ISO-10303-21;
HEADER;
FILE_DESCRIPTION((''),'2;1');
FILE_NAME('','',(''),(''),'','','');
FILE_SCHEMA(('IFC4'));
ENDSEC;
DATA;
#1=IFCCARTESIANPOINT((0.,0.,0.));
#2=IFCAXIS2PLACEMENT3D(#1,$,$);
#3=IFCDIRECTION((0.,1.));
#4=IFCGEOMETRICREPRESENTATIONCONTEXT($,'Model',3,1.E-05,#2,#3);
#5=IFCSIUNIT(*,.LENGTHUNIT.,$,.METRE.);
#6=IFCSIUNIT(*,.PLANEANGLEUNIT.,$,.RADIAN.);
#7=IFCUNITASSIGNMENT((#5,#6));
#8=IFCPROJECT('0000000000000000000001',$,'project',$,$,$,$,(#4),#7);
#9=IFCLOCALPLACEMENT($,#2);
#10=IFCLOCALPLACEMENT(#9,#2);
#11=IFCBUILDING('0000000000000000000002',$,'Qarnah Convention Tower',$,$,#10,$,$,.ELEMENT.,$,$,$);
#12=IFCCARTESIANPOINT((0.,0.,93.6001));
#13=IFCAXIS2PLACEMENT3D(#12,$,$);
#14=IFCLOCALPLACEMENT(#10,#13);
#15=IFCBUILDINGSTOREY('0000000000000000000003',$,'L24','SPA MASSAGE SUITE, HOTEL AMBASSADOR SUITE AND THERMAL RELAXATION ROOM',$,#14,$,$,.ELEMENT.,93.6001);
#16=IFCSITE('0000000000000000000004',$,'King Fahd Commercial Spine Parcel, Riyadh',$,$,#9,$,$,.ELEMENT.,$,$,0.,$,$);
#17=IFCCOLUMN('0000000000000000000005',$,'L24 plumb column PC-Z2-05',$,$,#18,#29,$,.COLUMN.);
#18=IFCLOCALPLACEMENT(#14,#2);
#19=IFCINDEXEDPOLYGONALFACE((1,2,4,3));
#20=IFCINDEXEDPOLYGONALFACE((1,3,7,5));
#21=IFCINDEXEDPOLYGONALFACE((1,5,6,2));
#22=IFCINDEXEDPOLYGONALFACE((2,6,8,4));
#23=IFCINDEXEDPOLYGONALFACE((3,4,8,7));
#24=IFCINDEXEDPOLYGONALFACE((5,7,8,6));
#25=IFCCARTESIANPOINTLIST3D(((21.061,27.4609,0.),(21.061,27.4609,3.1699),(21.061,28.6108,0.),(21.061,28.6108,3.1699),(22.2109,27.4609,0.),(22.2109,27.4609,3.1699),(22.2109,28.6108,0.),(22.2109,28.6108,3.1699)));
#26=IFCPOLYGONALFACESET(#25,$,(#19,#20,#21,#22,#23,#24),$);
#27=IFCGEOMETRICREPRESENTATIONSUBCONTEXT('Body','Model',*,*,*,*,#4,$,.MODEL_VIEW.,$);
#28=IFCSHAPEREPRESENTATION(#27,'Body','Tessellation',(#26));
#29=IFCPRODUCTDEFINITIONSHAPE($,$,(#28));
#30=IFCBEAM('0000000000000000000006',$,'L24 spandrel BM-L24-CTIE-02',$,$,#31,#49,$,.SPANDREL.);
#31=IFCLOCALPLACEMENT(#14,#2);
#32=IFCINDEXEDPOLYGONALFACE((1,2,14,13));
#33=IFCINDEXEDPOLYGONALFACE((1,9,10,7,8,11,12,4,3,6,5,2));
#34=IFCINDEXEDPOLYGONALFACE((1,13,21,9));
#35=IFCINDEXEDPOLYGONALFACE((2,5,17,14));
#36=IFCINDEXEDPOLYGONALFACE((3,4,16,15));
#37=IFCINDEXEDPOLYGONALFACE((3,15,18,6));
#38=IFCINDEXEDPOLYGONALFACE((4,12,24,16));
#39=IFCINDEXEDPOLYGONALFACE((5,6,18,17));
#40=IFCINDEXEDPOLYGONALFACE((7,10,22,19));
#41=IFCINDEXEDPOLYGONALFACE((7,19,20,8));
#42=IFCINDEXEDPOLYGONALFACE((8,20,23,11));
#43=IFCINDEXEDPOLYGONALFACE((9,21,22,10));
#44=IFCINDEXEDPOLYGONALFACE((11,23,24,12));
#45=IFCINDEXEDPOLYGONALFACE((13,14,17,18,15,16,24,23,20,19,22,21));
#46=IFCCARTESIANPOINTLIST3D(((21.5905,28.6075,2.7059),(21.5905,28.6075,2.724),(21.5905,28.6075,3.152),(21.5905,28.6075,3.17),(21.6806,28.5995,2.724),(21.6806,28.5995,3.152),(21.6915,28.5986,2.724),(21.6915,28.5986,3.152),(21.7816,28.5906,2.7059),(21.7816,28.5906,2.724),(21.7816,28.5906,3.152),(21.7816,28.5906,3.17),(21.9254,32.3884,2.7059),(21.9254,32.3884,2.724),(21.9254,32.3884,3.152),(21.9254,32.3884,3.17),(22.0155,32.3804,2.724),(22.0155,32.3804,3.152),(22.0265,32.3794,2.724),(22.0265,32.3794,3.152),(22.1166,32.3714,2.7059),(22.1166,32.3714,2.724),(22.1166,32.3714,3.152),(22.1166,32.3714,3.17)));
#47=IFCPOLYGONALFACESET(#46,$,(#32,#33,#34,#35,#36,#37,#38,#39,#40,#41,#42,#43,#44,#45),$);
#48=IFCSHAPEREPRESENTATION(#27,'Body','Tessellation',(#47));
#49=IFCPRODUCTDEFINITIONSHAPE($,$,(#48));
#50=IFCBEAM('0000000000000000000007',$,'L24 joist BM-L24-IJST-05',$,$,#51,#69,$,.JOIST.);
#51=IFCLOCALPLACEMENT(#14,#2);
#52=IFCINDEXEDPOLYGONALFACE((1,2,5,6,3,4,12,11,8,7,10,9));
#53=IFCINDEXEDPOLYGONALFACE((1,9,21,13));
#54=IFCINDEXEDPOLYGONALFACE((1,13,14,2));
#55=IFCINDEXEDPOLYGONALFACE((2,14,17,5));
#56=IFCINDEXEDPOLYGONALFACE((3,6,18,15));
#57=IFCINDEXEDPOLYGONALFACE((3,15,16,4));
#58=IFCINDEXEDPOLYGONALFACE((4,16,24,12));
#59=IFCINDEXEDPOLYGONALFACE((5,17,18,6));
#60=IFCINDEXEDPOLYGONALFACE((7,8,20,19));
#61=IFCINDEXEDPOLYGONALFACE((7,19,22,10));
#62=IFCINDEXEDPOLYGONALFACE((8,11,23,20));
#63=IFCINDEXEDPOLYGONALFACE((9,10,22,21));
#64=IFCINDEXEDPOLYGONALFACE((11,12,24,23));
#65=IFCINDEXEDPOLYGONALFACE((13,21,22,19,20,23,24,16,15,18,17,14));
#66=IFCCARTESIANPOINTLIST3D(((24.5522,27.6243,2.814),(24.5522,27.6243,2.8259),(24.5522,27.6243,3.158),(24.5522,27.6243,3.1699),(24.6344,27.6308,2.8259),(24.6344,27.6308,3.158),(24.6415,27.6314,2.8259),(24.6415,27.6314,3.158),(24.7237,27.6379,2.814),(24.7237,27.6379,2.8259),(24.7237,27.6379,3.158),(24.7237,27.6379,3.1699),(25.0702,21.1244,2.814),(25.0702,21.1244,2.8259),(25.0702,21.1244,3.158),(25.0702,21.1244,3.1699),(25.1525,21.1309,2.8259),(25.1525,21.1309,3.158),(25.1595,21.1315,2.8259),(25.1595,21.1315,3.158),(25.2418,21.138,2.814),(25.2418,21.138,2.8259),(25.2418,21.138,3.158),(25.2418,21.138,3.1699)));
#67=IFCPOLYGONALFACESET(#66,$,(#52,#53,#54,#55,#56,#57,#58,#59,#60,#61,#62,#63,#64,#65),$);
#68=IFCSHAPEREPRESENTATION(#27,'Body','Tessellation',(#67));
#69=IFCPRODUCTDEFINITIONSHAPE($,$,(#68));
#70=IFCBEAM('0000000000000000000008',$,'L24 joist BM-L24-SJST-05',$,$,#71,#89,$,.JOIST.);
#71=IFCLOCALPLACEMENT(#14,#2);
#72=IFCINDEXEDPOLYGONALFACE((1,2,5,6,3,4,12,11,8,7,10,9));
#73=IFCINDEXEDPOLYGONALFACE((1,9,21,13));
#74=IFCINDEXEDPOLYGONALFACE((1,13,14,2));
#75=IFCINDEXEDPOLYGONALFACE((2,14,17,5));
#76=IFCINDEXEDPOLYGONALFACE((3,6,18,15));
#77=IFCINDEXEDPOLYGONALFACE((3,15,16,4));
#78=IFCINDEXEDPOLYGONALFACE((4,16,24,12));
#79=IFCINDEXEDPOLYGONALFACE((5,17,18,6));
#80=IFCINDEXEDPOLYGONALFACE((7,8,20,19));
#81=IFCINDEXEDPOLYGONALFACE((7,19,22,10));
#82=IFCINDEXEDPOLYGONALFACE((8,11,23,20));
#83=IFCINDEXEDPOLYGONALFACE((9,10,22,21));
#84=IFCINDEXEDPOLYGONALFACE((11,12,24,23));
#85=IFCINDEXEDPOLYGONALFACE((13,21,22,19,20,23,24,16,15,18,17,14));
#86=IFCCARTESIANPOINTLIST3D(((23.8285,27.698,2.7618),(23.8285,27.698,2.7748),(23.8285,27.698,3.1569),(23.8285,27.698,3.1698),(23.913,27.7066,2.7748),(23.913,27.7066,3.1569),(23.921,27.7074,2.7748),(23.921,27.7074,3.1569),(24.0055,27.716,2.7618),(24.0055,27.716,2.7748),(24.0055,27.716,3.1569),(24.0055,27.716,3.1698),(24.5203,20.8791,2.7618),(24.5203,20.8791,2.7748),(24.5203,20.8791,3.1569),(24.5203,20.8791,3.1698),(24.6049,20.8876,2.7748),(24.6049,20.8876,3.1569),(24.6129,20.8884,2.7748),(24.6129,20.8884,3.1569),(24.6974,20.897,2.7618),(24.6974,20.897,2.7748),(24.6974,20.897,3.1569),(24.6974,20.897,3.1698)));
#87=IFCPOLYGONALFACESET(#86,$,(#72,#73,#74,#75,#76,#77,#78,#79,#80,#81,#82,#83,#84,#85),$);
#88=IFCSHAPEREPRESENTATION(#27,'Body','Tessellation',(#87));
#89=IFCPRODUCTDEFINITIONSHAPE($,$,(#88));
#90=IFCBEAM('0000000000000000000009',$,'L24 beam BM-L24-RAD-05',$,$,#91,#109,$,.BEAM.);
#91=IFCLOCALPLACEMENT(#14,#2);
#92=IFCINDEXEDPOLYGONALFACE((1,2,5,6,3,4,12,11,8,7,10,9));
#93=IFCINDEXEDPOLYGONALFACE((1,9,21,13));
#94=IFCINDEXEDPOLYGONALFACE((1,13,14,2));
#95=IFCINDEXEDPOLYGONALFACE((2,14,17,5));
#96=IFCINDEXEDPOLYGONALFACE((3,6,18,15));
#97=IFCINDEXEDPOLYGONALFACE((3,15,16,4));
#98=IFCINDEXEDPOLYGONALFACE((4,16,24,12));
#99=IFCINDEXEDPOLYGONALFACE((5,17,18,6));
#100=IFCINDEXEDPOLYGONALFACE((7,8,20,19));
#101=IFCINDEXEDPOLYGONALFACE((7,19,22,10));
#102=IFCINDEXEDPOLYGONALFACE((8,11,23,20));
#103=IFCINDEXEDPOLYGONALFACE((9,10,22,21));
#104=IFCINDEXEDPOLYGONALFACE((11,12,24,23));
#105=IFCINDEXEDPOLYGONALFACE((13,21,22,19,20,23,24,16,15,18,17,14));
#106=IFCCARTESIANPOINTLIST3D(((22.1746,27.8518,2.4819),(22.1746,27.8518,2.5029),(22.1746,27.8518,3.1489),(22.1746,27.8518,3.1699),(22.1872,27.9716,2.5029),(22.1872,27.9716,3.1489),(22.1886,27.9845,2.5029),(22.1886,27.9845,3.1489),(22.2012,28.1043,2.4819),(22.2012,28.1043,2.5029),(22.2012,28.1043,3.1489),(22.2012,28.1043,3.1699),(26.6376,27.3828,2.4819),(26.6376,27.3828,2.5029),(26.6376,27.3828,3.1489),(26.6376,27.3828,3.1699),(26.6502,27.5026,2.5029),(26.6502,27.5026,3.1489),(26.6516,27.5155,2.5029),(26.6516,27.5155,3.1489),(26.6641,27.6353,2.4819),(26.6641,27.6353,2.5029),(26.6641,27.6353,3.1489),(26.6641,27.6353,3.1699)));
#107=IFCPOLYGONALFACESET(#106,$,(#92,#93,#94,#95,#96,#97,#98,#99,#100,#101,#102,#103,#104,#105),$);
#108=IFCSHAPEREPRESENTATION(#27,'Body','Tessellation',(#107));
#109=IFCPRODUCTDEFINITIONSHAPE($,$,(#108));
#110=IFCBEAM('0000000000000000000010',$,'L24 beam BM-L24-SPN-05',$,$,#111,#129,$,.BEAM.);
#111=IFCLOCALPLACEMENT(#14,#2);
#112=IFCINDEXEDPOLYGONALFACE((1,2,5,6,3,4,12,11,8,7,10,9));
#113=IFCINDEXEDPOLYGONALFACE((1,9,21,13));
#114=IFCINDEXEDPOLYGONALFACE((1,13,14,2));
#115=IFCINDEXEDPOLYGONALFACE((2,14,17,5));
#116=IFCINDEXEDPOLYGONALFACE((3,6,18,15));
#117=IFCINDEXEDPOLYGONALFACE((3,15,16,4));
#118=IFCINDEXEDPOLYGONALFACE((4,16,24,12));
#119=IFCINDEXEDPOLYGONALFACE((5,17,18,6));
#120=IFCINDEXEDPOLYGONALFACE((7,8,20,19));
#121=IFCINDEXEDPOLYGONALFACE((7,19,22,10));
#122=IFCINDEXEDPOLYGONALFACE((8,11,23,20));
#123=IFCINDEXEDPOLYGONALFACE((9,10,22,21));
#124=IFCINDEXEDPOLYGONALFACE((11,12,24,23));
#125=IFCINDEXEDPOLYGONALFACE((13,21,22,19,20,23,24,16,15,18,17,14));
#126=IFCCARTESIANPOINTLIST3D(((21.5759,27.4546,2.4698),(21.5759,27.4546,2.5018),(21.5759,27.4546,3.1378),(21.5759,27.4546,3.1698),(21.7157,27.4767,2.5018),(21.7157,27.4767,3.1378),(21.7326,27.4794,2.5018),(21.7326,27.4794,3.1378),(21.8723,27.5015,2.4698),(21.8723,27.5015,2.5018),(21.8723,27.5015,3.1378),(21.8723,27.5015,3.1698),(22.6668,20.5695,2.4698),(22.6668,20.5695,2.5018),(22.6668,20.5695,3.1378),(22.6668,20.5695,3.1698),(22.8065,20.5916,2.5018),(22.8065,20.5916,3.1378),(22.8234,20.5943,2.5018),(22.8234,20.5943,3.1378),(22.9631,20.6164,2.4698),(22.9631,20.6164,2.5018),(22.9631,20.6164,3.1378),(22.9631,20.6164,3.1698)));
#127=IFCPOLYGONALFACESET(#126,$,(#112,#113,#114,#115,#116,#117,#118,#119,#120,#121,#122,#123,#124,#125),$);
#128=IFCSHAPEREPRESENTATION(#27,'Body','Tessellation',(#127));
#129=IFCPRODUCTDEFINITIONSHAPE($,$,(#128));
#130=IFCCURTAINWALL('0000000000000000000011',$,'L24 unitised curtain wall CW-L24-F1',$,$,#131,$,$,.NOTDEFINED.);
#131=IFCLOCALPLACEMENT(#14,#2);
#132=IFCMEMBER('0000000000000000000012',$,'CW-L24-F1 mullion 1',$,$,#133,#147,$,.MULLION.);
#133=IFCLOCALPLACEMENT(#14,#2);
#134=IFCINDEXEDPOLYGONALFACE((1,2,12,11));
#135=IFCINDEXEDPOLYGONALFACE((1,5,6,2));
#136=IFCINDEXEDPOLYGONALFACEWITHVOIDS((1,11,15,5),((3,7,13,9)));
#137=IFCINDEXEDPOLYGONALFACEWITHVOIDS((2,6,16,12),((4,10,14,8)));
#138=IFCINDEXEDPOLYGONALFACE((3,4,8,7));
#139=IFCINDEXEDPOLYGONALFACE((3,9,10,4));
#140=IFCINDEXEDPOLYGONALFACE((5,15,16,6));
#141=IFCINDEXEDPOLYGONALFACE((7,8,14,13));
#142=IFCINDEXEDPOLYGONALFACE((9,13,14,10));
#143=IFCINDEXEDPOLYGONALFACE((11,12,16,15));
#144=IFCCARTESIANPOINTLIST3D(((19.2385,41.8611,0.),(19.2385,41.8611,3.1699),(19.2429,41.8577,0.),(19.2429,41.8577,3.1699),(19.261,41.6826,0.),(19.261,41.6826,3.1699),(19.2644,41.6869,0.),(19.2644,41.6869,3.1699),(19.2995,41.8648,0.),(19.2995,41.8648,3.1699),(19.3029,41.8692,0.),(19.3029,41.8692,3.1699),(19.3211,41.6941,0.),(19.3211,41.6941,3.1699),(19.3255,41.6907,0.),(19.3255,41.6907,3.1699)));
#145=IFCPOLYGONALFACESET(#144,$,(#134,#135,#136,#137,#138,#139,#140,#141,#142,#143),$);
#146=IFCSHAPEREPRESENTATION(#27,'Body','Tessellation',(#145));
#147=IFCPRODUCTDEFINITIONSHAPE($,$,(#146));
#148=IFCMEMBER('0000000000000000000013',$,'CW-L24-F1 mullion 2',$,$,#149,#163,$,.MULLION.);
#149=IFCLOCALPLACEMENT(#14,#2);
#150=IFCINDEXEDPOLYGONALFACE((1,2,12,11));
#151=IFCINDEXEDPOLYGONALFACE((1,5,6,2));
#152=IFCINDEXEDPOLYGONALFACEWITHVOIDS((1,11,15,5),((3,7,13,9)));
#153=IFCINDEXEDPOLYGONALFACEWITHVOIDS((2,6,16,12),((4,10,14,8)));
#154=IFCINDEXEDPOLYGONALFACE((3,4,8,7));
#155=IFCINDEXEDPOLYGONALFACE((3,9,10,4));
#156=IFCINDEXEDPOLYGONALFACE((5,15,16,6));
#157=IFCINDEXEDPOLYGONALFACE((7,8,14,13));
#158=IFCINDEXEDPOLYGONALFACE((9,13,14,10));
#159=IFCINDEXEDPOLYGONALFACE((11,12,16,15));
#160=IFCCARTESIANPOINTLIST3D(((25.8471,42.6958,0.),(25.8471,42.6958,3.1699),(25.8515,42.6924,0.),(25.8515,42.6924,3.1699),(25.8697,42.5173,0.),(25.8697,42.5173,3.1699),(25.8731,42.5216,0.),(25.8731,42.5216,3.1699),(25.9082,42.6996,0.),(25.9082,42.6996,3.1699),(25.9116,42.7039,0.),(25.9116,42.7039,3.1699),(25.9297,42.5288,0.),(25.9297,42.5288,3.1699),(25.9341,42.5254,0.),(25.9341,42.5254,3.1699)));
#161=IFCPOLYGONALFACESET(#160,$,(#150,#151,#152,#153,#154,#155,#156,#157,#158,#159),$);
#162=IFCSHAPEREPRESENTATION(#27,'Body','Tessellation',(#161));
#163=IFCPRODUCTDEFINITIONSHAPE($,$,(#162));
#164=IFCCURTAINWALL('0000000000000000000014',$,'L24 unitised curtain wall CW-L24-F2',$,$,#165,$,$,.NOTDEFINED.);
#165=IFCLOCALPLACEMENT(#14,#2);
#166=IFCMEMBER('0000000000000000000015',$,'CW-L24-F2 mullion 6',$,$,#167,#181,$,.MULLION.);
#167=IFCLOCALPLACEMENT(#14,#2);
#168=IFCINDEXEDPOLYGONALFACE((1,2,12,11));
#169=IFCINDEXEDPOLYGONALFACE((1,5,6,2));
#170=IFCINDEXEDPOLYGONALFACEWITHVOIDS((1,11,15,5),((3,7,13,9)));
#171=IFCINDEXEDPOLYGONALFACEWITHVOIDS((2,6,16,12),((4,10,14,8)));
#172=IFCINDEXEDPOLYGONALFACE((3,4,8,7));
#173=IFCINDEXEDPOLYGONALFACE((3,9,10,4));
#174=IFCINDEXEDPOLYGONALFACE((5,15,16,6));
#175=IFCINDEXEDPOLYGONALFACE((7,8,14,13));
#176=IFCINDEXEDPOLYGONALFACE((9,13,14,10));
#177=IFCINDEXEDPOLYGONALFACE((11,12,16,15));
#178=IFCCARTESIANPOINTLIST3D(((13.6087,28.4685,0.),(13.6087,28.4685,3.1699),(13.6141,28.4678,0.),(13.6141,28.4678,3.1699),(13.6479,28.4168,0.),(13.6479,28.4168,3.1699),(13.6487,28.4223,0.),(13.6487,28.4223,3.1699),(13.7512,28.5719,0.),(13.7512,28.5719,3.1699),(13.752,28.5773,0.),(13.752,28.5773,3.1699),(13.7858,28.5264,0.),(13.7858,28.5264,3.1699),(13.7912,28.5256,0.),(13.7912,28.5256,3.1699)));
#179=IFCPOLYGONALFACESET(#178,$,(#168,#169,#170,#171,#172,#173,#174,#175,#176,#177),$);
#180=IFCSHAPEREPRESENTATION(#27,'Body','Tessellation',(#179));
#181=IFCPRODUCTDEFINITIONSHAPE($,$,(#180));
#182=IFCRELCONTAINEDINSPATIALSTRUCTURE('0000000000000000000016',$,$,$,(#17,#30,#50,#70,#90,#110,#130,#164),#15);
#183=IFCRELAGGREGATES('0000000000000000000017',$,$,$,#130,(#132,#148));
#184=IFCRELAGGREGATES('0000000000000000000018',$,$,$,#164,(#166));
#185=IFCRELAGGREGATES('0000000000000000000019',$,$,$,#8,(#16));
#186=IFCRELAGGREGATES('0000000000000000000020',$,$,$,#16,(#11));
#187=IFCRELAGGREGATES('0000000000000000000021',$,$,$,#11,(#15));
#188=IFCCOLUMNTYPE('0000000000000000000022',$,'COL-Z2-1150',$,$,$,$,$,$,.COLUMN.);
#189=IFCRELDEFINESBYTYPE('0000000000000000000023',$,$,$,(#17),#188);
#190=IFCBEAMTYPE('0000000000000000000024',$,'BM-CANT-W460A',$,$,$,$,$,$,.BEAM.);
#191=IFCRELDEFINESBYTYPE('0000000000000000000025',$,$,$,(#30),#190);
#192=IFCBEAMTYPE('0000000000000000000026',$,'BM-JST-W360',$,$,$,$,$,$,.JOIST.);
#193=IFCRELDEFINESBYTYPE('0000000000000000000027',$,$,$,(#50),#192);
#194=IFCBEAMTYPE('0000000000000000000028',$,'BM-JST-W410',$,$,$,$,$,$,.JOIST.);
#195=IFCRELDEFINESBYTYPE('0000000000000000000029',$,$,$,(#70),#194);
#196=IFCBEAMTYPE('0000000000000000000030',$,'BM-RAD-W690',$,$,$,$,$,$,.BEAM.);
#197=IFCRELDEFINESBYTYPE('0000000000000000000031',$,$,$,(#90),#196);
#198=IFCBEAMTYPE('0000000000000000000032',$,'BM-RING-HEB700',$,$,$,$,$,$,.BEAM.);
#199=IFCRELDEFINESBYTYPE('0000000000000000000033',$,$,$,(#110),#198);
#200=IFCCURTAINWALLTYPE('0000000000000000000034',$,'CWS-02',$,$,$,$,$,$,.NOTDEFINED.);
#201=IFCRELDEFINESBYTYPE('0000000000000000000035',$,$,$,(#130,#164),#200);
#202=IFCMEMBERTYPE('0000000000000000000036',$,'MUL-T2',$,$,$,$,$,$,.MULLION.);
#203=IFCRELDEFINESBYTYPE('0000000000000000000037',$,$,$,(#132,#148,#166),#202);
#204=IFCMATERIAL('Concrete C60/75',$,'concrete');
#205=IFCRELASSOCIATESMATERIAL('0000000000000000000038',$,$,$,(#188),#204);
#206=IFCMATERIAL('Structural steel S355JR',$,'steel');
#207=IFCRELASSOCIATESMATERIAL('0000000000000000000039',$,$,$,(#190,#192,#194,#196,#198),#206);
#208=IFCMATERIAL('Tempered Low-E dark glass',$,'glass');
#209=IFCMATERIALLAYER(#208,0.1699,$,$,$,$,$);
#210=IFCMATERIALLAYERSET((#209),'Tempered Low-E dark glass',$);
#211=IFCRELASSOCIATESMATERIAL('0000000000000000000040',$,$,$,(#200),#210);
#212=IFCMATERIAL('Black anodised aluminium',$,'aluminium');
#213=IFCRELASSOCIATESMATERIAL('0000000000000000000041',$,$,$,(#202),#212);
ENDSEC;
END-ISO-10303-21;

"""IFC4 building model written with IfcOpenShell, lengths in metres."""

from ifc_helpers import new_model, si_unit, direction, frame, origin, origin_2d, place, context, subcontext, project, spatial, rectangle, hollow_rectangle, i_section, extrude, material, layer, layer_set, material_profile, profile_set, type_object, element, aggregate, save


model = new_model("IFC4")

# Units and contexts
model_context = context("Model", 3, precision=1e-05, world=origin(), true_north=direction((0.0, 1.0)))
body_context = subcontext(model_context, "Body", "Model", "MODEL_VIEW")
ifc_project = project(units=[si_unit("LENGTHUNIT", "METRE"), si_unit("PLANEANGLEUNIT", "RADIAN")], contexts=[model_context])

# Site, building, storey
site_placement = place(None, origin())
site = spatial("IfcSite", under=ifc_project, at=site_placement, Name="King Fahd Commercial Spine Parcel, Riyadh", CompositionType="ELEMENT", RefElevation=0.0)
building_placement = place(site_placement, origin())
building = spatial("IfcBuilding", under=site, at=building_placement, Name="Qarnah Convention Tower", CompositionType="ELEMENT")
storey_placement = place(building_placement, frame((0.0, 0.0, 93.6001)))
storey = spatial("IfcBuildingStorey", under=building, at=storey_placement, Name="L24", Description="SPA MASSAGE SUITE, HOTEL AMBASSADOR SUITE AND THERMAL RELAXATION ROOM", CompositionType="ELEMENT", Elevation=93.6001)

# Column
ifc_material_1 = material(Name="Concrete C60/75", Category="concrete")
ifc_material_profile_1 = material_profile(ifc_material_1, rectangle(XDim=1.1499, YDim=1.1499, at=origin_2d()), Name="RC-COL-1150X1150")
ifc_profile_set_1 = profile_set([ifc_material_profile_1], Name="Concrete C60/75")
column_type = type_object("IfcColumnType", Name="COL-Z2-1150", PredefinedType="COLUMN", material=ifc_profile_set_1)
column_placement = place(storey_placement, frame((21.636, 28.0359, 0.0), z_axis=(0.0, 0.0, 1.0), x_axis=(1.0, 0.0, 0.0)))
element("IfcColumn", 1, at=column_placement, inside=storey, type_object=column_type, Name="L24 plumb column PC-Z2-05", PredefinedType="COLUMN", context=body_context, shape_type="SweptSolid", body=[
    extrude(rectangle(XDim=1.1499, YDim=1.1499, at=origin_2d()), origin(), (0.0, 0.0, 1.0), 3.1699),
])

# Beams
ifc_material_2 = material(Name="Structural steel S355JR", Category="steel")
ifc_material_profile_2 = material_profile(ifc_material_2, i_section(OverallWidth=0.1919, OverallDepth=0.4641, WebThickness=0.011, FlangeThickness=0.0181, at=origin_2d()), Name="W460X89")
ifc_profile_set_2 = profile_set([ifc_material_profile_2], Name="Structural steel S355JR")
beam_type_1 = type_object("IfcBeamType", Name="BM-CANT-W460A", PredefinedType="BEAM", material=ifc_profile_set_2)
beam_1_placement = place(storey_placement, frame((22.021, 32.3799, 2.938), z_axis=(-0.08825, -0.996098, 0.0), x_axis=(0.996098, -0.08825, 0.0)))
element("IfcBeam", 2, at=beam_1_placement, inside=storey, type_object=beam_type_1, Name="L24 spandrel BM-L24-CTIE-02", PredefinedType="SPANDREL", context=body_context, shape_type="SweptSolid", body=[
    extrude(i_section(OverallWidth=0.1919, OverallDepth=0.4641, WebThickness=0.011, FlangeThickness=0.0181, at=origin_2d()), origin(), (0.0, 0.0, 1.0), 3.7957),
])
ifc_material_profile_3 = material_profile(ifc_material_2, i_section(OverallWidth=0.1721, OverallDepth=0.356, WebThickness=0.0071, FlangeThickness=0.012, at=origin_2d()), Name="W360X51")
ifc_profile_set_3 = profile_set([ifc_material_profile_3], Name="Structural steel S355JR")
beam_type_2 = type_object("IfcBeamType", Name="BM-JST-W360", PredefinedType="JOIST", material=ifc_profile_set_3)
beam_2_placement = place(storey_placement, frame((24.6379, 27.6311, 2.9919), z_axis=(0.079451, -0.996839, 0.0), x_axis=(0.996839, 0.079451, 0.0)))
element("IfcBeam", 3, at=beam_2_placement, inside=storey, type_object=beam_type_2, Name="L24 joist BM-L24-IJST-05", PredefinedType="JOIST", context=body_context, shape_type="SweptSolid", body=[
    extrude(i_section(OverallWidth=0.1721, OverallDepth=0.356, WebThickness=0.0071, FlangeThickness=0.012, at=origin_2d()), origin(), (0.0, 0.0, 1.0), 6.5205),
])
ifc_material_profile_4 = material_profile(ifc_material_2, i_section(OverallWidth=0.178, OverallDepth=0.408, WebThickness=0.0081, FlangeThickness=0.0129, at=origin_2d()), Name="W410X60")
ifc_profile_set_4 = profile_set([ifc_material_profile_4], Name="Structural steel S355JR")
beam_type_3 = type_object("IfcBeamType", Name="BM-JST-W410", PredefinedType="JOIST", material=ifc_profile_set_4)
beam_3_placement = place(storey_placement, frame((23.917, 27.707, 2.9658), z_axis=(0.100946, -0.994892, 0.0), x_axis=(0.994892, 0.100946, 0.0)))
element("IfcBeam", 4, at=beam_3_placement, inside=storey, type_object=beam_type_3, Name="L24 joist BM-L24-SJST-05", PredefinedType="JOIST", context=body_context, shape_type="SweptSolid", body=[
    extrude(i_section(OverallWidth=0.178, OverallDepth=0.408, WebThickness=0.0081, FlangeThickness=0.0129, at=origin_2d()), origin(), (0.0, 0.0, 1.0), 6.854),
])
ifc_material_profile_5 = material_profile(ifc_material_2, i_section(OverallWidth=0.2539, OverallDepth=0.688, WebThickness=0.0129, FlangeThickness=0.021, at=origin_2d()), Name="W690X152")
ifc_profile_set_5 = profile_set([ifc_material_profile_5], Name="Structural steel S355JR")
beam_type_4 = type_object("IfcBeamType", Name="BM-RAD-W690", PredefinedType="BEAM", material=ifc_profile_set_5)
beam_4_placement = place(storey_placement, frame((26.6509, 27.509, 2.8259), z_axis=(-0.994524, 0.104512, 0.0), x_axis=(-0.104512, -0.994524, 0.0)))
element("IfcBeam", 5, at=beam_4_placement, inside=storey, type_object=beam_type_4, Name="L24 beam BM-L24-RAD-05", PredefinedType="BEAM", context=body_context, shape_type="SweptSolid", body=[
    extrude(i_section(OverallWidth=0.2539, OverallDepth=0.688, WebThickness=0.0129, FlangeThickness=0.021, at=origin_2d()), origin(), (0.0, 0.0, 1.0), 4.4875),
])
ifc_material_profile_6 = material_profile(ifc_material_2, i_section(OverallWidth=0.3, OverallDepth=0.7, WebThickness=0.0171, FlangeThickness=0.032, at=origin_2d()), Name="HEB700")
ifc_profile_set_6 = profile_set([ifc_material_profile_6], Name="Structural steel S355JR")
beam_type_5 = type_object("IfcBeamType", Name="BM-RING-HEB700", PredefinedType="BEAM", material=ifc_profile_set_6)
beam_5_placement = place(storey_placement, frame((21.7241, 27.478, 2.8198), z_axis=(0.156482, -0.987681, 0.0), x_axis=(0.987681, 0.156482, 0.0)))
element("IfcBeam", 6, at=beam_5_placement, inside=storey, type_object=beam_type_5, Name="L24 beam BM-L24-SPN-05", PredefinedType="BEAM", context=body_context, shape_type="SweptSolid", body=[
    extrude(i_section(OverallWidth=0.3, OverallDepth=0.7, WebThickness=0.0171, FlangeThickness=0.032, at=origin_2d()), origin(), (0.0, 0.0, 1.0), 6.9709),
])

# Curtain wall, members
ifc_material_3 = material(Name="Tempered Low-E dark glass", Category="glass")
ifc_layer_1 = layer(ifc_material_3, 0.1699)
ifc_layer_set_1 = layer_set([ifc_layer_1], Name="Tempered Low-E dark glass")
curtain_wall_type = type_object("IfcCurtainWallType", Name="CWS-02", PredefinedType="NOTDEFINED", material=ifc_layer_set_1)
curtain_wall_1_placement = place(storey_placement, origin())
curtain_wall_1 = element("IfcCurtainWall", 7, at=curtain_wall_1_placement, inside=storey, type_object=curtain_wall_type, Name="L24 unitised curtain wall CW-L24-F1", PredefinedType="NOTDEFINED")
ifc_material_4 = material(Name="Black anodised aluminium", Category="aluminium")
ifc_material_profile_7 = material_profile(ifc_material_4, hollow_rectangle(XDim=0.0649, YDim=0.1799, WallThickness=0.0039, at=origin_2d()), Name="MUL-65X180")
ifc_profile_set_7 = profile_set([ifc_material_profile_7], Name="Black anodised aluminium")
member_type_1 = type_object("IfcMemberType", Name="MUL-T2", PredefinedType="MULLION", material=ifc_profile_set_7)
member_1_placement = place(storey_placement, frame((19.282, 41.7759, 0.0), z_axis=(0.0, 0.0, 1.0), x_axis=(0.99212, 0.125295, 0.0)))
member_1 = element("IfcMember", 8, at=member_1_placement, type_object=member_type_1, Name="CW-L24-F1 mullion 1", PredefinedType="MULLION", context=body_context, shape_type="SweptSolid", body=[
    extrude(hollow_rectangle(XDim=0.0649, YDim=0.1799, WallThickness=0.0039, at=origin_2d()), origin(), (0.0, 0.0, 1.0), 3.1699),
])
member_2_placement = place(storey_placement, frame((25.8906, 42.6106, 0.0), z_axis=(0.0, 0.0, 1.0), x_axis=(0.99212, 0.125295, 0.0)))
member_2 = element("IfcMember", 9, at=member_2_placement, type_object=member_type_1, Name="CW-L24-F1 mullion 2", PredefinedType="MULLION", context=body_context, shape_type="SweptSolid", body=[
    extrude(hollow_rectangle(XDim=0.0649, YDim=0.1799, WallThickness=0.0039, at=origin_2d()), origin(), (0.0, 0.0, 1.0), 3.1699),
])

# Curtain wall, member
curtain_wall_2_placement = place(storey_placement, origin())
curtain_wall_2 = element("IfcCurtainWall", 10, at=curtain_wall_2_placement, inside=storey, type_object=curtain_wall_type, Name="L24 unitised curtain wall CW-L24-F2", PredefinedType="NOTDEFINED")
member_3_placement = place(storey_placement, frame((13.7, 28.4971, 0.0), z_axis=(0.0, 0.0, 1.0), x_axis=(-0.604607, 0.796524, 0.0)))
member_3 = element("IfcMember", 11, at=member_3_placement, type_object=member_type_1, Name="CW-L24-F2 mullion 6", PredefinedType="MULLION", context=body_context, shape_type="SweptSolid", body=[
    extrude(hollow_rectangle(XDim=0.0649, YDim=0.1799, WallThickness=0.0039, at=origin_2d()), origin(), (0.0, 0.0, 1.0), 3.1699),
])

aggregate(curtain_wall_1, [member_1, member_2])
aggregate(curtain_wall_2, [member_3])

save(model, "model.ifc")
